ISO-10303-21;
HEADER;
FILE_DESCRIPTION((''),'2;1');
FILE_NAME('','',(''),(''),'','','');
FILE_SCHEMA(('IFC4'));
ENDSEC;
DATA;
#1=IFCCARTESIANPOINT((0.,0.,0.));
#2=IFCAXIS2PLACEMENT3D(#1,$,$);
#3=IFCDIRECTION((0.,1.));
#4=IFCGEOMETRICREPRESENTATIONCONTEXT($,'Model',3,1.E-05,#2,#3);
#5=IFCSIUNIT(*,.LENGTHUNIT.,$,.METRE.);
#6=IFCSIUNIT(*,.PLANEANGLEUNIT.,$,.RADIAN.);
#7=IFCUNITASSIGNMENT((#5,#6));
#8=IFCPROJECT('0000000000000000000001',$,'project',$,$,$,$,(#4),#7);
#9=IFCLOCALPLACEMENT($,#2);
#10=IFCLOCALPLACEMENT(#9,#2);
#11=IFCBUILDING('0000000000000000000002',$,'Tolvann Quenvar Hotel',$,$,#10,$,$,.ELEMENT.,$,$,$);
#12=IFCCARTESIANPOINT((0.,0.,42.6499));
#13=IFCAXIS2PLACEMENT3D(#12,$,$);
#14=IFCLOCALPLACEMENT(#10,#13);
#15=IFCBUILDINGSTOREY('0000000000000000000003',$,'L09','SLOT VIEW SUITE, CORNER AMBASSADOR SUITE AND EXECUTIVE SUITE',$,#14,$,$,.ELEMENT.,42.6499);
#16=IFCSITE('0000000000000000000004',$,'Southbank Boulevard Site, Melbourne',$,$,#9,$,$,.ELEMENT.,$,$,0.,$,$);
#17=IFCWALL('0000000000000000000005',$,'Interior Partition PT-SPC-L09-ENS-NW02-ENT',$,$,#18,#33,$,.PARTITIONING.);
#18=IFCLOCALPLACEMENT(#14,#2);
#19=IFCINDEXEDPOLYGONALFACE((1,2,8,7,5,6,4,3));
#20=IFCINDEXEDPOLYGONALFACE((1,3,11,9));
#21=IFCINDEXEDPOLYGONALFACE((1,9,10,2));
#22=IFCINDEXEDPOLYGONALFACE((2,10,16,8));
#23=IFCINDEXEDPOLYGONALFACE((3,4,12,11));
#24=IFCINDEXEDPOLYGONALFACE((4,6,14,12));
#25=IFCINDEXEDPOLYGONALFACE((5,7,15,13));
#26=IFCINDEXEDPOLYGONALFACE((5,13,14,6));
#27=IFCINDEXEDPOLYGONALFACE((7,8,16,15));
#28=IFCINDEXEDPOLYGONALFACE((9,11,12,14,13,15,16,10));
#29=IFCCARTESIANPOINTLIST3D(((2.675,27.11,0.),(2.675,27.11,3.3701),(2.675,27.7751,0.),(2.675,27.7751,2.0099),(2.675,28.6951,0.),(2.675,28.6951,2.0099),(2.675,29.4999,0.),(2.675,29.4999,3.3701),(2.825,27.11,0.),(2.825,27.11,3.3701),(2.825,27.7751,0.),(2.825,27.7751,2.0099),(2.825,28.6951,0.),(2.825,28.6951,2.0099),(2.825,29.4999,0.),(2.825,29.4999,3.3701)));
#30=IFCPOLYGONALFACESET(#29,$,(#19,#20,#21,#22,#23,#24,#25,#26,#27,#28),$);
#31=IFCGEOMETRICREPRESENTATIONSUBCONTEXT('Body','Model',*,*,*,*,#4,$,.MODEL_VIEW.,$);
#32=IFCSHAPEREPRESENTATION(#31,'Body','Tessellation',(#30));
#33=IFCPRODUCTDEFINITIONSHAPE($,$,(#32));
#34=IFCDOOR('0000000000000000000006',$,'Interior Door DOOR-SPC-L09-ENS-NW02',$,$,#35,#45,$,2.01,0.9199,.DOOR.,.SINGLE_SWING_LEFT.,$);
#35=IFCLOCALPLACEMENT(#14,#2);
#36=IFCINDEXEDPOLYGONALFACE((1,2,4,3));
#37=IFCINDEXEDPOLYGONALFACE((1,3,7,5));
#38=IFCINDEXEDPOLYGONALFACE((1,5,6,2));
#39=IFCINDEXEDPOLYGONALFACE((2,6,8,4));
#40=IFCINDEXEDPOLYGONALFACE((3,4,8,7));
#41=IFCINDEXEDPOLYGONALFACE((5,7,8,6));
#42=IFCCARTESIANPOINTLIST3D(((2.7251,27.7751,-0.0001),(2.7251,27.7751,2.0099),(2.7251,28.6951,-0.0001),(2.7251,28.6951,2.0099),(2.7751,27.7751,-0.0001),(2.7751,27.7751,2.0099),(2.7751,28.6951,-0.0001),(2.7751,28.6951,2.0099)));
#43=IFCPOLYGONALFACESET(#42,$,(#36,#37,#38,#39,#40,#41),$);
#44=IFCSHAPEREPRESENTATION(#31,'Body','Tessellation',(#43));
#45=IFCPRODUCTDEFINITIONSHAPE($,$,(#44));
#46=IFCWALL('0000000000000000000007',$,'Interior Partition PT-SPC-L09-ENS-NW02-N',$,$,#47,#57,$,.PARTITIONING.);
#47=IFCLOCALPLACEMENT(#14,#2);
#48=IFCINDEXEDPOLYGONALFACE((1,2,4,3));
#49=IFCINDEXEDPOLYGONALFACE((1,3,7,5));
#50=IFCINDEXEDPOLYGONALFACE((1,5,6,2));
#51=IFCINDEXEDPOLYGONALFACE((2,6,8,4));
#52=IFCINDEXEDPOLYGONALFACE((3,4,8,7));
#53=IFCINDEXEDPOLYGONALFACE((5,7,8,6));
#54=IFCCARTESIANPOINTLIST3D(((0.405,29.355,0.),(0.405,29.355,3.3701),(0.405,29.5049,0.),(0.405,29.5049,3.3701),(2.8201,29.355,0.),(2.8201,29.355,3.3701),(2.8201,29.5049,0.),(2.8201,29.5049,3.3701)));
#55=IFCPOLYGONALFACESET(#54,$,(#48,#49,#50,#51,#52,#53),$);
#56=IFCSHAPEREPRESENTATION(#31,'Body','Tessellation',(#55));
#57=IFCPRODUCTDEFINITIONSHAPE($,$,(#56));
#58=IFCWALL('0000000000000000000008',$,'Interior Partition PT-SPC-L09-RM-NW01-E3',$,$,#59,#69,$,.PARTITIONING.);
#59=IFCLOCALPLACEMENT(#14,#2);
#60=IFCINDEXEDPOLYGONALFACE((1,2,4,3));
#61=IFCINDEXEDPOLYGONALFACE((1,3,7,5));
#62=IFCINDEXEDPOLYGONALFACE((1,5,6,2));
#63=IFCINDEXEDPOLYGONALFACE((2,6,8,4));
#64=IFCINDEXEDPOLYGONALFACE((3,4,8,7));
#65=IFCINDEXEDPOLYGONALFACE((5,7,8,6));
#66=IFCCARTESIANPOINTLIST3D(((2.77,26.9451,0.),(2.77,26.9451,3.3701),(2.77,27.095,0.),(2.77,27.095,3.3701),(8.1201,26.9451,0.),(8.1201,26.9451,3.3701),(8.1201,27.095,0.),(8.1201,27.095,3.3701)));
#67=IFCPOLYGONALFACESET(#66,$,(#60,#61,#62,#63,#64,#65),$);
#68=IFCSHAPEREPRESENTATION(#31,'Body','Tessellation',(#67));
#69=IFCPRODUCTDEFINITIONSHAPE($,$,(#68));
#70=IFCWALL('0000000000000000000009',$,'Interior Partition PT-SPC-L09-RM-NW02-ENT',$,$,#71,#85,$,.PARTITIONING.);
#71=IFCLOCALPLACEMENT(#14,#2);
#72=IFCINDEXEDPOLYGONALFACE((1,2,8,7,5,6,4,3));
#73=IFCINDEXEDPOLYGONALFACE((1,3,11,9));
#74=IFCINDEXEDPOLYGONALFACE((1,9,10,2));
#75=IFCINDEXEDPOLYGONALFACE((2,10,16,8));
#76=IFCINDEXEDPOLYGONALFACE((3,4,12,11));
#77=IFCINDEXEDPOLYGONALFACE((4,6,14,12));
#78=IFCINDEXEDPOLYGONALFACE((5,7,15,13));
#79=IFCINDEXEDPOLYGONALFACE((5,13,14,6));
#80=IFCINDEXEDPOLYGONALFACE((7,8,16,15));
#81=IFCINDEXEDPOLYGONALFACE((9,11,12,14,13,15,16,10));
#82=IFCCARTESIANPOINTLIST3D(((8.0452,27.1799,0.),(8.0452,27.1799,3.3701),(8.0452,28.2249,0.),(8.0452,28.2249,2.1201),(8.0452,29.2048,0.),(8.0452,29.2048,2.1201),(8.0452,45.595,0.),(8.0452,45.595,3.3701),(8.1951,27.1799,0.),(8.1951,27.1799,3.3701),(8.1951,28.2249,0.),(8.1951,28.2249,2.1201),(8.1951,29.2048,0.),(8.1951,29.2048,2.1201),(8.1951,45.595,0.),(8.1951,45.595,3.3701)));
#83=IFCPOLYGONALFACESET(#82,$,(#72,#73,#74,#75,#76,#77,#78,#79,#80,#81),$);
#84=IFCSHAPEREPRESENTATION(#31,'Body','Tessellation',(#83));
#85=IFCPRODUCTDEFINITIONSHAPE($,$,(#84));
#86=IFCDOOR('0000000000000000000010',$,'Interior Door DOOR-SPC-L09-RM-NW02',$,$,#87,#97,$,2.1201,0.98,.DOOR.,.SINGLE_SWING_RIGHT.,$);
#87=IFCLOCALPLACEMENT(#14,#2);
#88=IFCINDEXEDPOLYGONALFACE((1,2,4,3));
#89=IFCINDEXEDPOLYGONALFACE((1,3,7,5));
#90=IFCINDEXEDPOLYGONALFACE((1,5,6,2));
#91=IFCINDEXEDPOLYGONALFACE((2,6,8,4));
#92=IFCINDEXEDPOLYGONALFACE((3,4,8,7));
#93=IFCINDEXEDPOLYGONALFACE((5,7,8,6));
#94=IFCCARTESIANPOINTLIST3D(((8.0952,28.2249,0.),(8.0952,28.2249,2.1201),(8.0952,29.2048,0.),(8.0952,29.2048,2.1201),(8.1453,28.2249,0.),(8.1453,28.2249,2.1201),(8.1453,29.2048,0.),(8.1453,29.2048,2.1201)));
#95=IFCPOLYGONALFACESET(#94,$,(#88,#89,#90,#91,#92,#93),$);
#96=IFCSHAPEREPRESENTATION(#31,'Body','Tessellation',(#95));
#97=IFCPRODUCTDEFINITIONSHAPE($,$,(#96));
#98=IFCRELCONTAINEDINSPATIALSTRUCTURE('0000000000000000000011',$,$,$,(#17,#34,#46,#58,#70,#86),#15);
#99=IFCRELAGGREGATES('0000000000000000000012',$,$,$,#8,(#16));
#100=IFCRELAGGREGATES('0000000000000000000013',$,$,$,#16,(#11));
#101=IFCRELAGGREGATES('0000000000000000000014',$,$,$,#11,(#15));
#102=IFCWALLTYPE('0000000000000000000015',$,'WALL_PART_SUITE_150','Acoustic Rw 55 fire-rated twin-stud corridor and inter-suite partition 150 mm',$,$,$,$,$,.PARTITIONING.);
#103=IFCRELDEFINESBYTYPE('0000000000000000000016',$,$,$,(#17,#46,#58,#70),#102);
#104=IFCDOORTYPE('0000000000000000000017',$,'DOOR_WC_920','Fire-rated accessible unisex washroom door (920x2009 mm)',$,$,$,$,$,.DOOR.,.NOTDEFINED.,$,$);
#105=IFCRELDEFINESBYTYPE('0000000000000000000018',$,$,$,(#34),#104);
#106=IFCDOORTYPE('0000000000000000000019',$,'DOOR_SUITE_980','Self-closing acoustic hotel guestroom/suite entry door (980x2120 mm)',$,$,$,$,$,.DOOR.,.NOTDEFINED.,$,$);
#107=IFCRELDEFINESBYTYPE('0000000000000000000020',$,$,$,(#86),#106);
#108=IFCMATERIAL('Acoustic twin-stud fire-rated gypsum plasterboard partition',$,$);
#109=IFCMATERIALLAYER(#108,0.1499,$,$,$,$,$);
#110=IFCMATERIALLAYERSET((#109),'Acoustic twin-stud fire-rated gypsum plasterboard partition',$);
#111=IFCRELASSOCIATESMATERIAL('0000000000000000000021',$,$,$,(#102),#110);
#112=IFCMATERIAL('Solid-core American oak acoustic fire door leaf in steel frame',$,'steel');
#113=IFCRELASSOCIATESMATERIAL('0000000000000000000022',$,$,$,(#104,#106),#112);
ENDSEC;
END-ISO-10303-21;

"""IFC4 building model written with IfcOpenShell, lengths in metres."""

from ifc_helpers import new_model, si_unit, direction, frame, frame_2d, origin, place, context, subcontext, project, spatial, rectangle, extrude, source, transform, mapped, material, layer, layer_set, type_object, type_shapes, element, fill, save


model = new_model("IFC4")

# Units and contexts
model_context = context("Model", 3, precision=1e-05, world=origin(), true_north=direction((0.0, 1.0)))
body_context = subcontext(model_context, "Body", "Model", "MODEL_VIEW")
ifc_project = project(units=[si_unit("LENGTHUNIT", "METRE"), si_unit("PLANEANGLEUNIT", "RADIAN")], contexts=[model_context])

# Site, building, storey
site_placement = place(None, origin())
site = spatial("IfcSite", under=ifc_project, at=site_placement, Name="Southbank Boulevard Site, Melbourne", CompositionType="ELEMENT", RefElevation=0.0)
building_placement = place(site_placement, origin())
building = spatial("IfcBuilding", under=site, at=building_placement, Name="Tolvann Quenvar Hotel", CompositionType="ELEMENT")
storey_placement = place(building_placement, frame((0.0, 0.0, 42.6499)))
storey = spatial("IfcBuildingStorey", under=building, at=storey_placement, Name="L09", Description="SLOT VIEW SUITE, CORNER AMBASSADOR SUITE AND EXECUTIVE SUITE", CompositionType="ELEMENT", Elevation=42.6499)

# Shared definitions
ifc_material_1 = material(Name="Solid-core American oak acoustic fire door leaf in steel frame", Category="steel")

# Shared definitions
ifc_material_2 = material(Name="Acoustic twin-stud fire-rated gypsum plasterboard partition")

# Wall, opening, door
ifc_layer_1 = layer(ifc_material_2, 0.1499)
ifc_layer_set_1 = layer_set([ifc_layer_1], Name="Acoustic twin-stud fire-rated gypsum plasterboard partition")
wall_type_1 = type_object("IfcWallType", Name="WALL_PART_SUITE_150", Description="Acoustic Rw 55 fire-rated twin-stud corridor and inter-suite partition 150 mm", PredefinedType="PARTITIONING", material=ifc_layer_set_1)
wall_1_placement = place(storey_placement, frame((2.75, 27.1101, 0.0), z_axis=(0.0, 0.0, 1.0), x_axis=(0.0, 1.0, 0.0)))
wall_1 = element("IfcWall", 1, at=wall_1_placement, inside=storey, type_object=wall_type_1, Name="Interior Partition PT-SPC-L09-ENS-NW02-ENT", PredefinedType="PARTITIONING", context=body_context, shape_type="SweptSolid", body=[
    extrude(rectangle(XDim=2.3899, YDim=0.1499, at=frame_2d((1.1948, 0.0))), origin(), (0.0, 0.0, 1.0), 3.3701),
])
opening_1_placement = place(wall_1_placement, frame((0.665, 0.0, 0.0)))
opening_1 = element("IfcOpeningElement", 2, at=opening_1_placement, cuts=wall_1, PredefinedType="OPENING", context=body_context, shape_type="SweptSolid", body=[
    extrude(rectangle(XDim=0.9199, YDim=2.01, at=frame_2d((0.46, 1.0049))), frame((0.0, 0.085, 0.0), z_axis=(0.0, -1.0, 0.0), x_axis=(1.0, 0.0, 0.0)), (0.0, 0.0, 1.0), 0.1699),
])
door_type_1 = type_object("IfcDoorType", Name="DOOR_WC_920", Description="Fire-rated accessible unisex washroom door (920x2009 mm)", OperationType="NOTDEFINED", PredefinedType="DOOR", material=ifc_material_1)
shared_shape_1 = source(origin(), body_context, "Body", "SweptSolid", [
    extrude(rectangle(XDim=0.9199, YDim=2.01, at=frame_2d((0.46, 1.0049))), frame((0.0, 0.0249, 0.0), z_axis=(0.0, -1.0, 0.0), x_axis=(1.0, 0.0, 0.0)), (0.0, 0.0, 1.0), 0.05),
])
type_shapes(door_type_1, [shared_shape_1])
door_1_placement = place(opening_1_placement, origin())
door_1 = element("IfcDoor", 3, at=door_1_placement, inside=storey, type_object=door_type_1, Name="Interior Door DOOR-SPC-L09-ENS-NW02", OperationType="SINGLE_SWING_LEFT", OverallHeight=2.01, OverallWidth=0.9199, PredefinedType="DOOR", context=body_context, shape_type="MappedRepresentation", body=[
    mapped(shared_shape_1, transform((0.0, 0.0, 0.0), x_axis=(1.0, 0.0, 0.0), y_axis=(0.0, 1.0, 0.0), z_axis=(0.0, 0.0, 1.0), scale=1.0)),
])
fill(opening_1, door_1)

# Walls
wall_2_placement = place(storey_placement, frame((0.405, 29.4299, 0.0), z_axis=(0.0, 0.0, 1.0), x_axis=(1.0, 0.0, 0.0)))
element("IfcWall", 4, at=wall_2_placement, inside=storey, type_object=wall_type_1, Name="Interior Partition PT-SPC-L09-ENS-NW02-N", PredefinedType="PARTITIONING", context=body_context, shape_type="SweptSolid", body=[
    extrude(rectangle(XDim=2.415, YDim=0.1499, at=frame_2d((1.2075, 0.0))), origin(), (0.0, 0.0, 1.0), 3.3701),
])
wall_3_placement = place(storey_placement, frame((2.77, 27.02, 0.0), z_axis=(0.0, 0.0, 1.0), x_axis=(1.0, 0.0, 0.0)))
element("IfcWall", 5, at=wall_3_placement, inside=storey, type_object=wall_type_1, Name="Interior Partition PT-SPC-L09-RM-NW01-E3", PredefinedType="PARTITIONING", context=body_context, shape_type="SweptSolid", body=[
    extrude(rectangle(XDim=5.3501, YDim=0.1499, at=frame_2d((2.675, 0.0))), origin(), (0.0, 0.0, 1.0), 3.3701),
])

# Wall, opening, door
wall_4_placement = place(storey_placement, frame((8.1201, 27.1799, 0.0), z_axis=(0.0, 0.0, 1.0), x_axis=(0.0, 1.0, 0.0)))
wall_4 = element("IfcWall", 6, at=wall_4_placement, inside=storey, type_object=wall_type_1, Name="Interior Partition PT-SPC-L09-RM-NW02-ENT", PredefinedType="PARTITIONING", context=body_context, shape_type="SweptSolid", body=[
    extrude(rectangle(XDim=18.415, YDim=0.1499, at=frame_2d((9.2075, 0.0))), origin(), (0.0, 0.0, 1.0), 3.3701),
])
opening_2_placement = place(wall_4_placement, frame((1.0449, 0.0, 0.0)))
opening_2 = element("IfcOpeningElement", 7, at=opening_2_placement, cuts=wall_4, PredefinedType="OPENING", context=body_context, shape_type="SweptSolid", body=[
    extrude(rectangle(XDim=0.98, YDim=2.1201, at=frame_2d((0.49, 1.0601))), frame((0.0, 0.085, 0.0), z_axis=(0.0, -1.0, 0.0), x_axis=(1.0, 0.0, 0.0)), (0.0, 0.0, 1.0), 0.1699),
])
door_type_2 = type_object("IfcDoorType", Name="DOOR_SUITE_980", Description="Self-closing acoustic hotel guestroom/suite entry door (980x2120 mm)", OperationType="NOTDEFINED", PredefinedType="DOOR", material=ifc_material_1)
shared_shape_2 = source(origin(), body_context, "Body", "SweptSolid", [
    extrude(rectangle(XDim=0.98, YDim=2.1201, at=frame_2d((0.49, 1.0601))), frame((0.0, 0.0249, 0.0), z_axis=(0.0, -1.0, 0.0), x_axis=(1.0, 0.0, 0.0)), (0.0, 0.0, 1.0), 0.05),
])
type_shapes(door_type_2, [shared_shape_2])
door_2_placement = place(opening_2_placement, origin())
door_2 = element("IfcDoor", 8, at=door_2_placement, inside=storey, type_object=door_type_2, Name="Interior Door DOOR-SPC-L09-RM-NW02", OperationType="SINGLE_SWING_RIGHT", OverallHeight=2.1201, OverallWidth=0.98, PredefinedType="DOOR", context=body_context, shape_type="MappedRepresentation", body=[
    mapped(shared_shape_2, transform((0.0, 0.0, 0.0), x_axis=(1.0, 0.0, 0.0), y_axis=(0.0, 1.0, 0.0), z_axis=(0.0, 0.0, 1.0), scale=1.0)),
])
fill(opening_2, door_2)

save(model, "model.ifc")
